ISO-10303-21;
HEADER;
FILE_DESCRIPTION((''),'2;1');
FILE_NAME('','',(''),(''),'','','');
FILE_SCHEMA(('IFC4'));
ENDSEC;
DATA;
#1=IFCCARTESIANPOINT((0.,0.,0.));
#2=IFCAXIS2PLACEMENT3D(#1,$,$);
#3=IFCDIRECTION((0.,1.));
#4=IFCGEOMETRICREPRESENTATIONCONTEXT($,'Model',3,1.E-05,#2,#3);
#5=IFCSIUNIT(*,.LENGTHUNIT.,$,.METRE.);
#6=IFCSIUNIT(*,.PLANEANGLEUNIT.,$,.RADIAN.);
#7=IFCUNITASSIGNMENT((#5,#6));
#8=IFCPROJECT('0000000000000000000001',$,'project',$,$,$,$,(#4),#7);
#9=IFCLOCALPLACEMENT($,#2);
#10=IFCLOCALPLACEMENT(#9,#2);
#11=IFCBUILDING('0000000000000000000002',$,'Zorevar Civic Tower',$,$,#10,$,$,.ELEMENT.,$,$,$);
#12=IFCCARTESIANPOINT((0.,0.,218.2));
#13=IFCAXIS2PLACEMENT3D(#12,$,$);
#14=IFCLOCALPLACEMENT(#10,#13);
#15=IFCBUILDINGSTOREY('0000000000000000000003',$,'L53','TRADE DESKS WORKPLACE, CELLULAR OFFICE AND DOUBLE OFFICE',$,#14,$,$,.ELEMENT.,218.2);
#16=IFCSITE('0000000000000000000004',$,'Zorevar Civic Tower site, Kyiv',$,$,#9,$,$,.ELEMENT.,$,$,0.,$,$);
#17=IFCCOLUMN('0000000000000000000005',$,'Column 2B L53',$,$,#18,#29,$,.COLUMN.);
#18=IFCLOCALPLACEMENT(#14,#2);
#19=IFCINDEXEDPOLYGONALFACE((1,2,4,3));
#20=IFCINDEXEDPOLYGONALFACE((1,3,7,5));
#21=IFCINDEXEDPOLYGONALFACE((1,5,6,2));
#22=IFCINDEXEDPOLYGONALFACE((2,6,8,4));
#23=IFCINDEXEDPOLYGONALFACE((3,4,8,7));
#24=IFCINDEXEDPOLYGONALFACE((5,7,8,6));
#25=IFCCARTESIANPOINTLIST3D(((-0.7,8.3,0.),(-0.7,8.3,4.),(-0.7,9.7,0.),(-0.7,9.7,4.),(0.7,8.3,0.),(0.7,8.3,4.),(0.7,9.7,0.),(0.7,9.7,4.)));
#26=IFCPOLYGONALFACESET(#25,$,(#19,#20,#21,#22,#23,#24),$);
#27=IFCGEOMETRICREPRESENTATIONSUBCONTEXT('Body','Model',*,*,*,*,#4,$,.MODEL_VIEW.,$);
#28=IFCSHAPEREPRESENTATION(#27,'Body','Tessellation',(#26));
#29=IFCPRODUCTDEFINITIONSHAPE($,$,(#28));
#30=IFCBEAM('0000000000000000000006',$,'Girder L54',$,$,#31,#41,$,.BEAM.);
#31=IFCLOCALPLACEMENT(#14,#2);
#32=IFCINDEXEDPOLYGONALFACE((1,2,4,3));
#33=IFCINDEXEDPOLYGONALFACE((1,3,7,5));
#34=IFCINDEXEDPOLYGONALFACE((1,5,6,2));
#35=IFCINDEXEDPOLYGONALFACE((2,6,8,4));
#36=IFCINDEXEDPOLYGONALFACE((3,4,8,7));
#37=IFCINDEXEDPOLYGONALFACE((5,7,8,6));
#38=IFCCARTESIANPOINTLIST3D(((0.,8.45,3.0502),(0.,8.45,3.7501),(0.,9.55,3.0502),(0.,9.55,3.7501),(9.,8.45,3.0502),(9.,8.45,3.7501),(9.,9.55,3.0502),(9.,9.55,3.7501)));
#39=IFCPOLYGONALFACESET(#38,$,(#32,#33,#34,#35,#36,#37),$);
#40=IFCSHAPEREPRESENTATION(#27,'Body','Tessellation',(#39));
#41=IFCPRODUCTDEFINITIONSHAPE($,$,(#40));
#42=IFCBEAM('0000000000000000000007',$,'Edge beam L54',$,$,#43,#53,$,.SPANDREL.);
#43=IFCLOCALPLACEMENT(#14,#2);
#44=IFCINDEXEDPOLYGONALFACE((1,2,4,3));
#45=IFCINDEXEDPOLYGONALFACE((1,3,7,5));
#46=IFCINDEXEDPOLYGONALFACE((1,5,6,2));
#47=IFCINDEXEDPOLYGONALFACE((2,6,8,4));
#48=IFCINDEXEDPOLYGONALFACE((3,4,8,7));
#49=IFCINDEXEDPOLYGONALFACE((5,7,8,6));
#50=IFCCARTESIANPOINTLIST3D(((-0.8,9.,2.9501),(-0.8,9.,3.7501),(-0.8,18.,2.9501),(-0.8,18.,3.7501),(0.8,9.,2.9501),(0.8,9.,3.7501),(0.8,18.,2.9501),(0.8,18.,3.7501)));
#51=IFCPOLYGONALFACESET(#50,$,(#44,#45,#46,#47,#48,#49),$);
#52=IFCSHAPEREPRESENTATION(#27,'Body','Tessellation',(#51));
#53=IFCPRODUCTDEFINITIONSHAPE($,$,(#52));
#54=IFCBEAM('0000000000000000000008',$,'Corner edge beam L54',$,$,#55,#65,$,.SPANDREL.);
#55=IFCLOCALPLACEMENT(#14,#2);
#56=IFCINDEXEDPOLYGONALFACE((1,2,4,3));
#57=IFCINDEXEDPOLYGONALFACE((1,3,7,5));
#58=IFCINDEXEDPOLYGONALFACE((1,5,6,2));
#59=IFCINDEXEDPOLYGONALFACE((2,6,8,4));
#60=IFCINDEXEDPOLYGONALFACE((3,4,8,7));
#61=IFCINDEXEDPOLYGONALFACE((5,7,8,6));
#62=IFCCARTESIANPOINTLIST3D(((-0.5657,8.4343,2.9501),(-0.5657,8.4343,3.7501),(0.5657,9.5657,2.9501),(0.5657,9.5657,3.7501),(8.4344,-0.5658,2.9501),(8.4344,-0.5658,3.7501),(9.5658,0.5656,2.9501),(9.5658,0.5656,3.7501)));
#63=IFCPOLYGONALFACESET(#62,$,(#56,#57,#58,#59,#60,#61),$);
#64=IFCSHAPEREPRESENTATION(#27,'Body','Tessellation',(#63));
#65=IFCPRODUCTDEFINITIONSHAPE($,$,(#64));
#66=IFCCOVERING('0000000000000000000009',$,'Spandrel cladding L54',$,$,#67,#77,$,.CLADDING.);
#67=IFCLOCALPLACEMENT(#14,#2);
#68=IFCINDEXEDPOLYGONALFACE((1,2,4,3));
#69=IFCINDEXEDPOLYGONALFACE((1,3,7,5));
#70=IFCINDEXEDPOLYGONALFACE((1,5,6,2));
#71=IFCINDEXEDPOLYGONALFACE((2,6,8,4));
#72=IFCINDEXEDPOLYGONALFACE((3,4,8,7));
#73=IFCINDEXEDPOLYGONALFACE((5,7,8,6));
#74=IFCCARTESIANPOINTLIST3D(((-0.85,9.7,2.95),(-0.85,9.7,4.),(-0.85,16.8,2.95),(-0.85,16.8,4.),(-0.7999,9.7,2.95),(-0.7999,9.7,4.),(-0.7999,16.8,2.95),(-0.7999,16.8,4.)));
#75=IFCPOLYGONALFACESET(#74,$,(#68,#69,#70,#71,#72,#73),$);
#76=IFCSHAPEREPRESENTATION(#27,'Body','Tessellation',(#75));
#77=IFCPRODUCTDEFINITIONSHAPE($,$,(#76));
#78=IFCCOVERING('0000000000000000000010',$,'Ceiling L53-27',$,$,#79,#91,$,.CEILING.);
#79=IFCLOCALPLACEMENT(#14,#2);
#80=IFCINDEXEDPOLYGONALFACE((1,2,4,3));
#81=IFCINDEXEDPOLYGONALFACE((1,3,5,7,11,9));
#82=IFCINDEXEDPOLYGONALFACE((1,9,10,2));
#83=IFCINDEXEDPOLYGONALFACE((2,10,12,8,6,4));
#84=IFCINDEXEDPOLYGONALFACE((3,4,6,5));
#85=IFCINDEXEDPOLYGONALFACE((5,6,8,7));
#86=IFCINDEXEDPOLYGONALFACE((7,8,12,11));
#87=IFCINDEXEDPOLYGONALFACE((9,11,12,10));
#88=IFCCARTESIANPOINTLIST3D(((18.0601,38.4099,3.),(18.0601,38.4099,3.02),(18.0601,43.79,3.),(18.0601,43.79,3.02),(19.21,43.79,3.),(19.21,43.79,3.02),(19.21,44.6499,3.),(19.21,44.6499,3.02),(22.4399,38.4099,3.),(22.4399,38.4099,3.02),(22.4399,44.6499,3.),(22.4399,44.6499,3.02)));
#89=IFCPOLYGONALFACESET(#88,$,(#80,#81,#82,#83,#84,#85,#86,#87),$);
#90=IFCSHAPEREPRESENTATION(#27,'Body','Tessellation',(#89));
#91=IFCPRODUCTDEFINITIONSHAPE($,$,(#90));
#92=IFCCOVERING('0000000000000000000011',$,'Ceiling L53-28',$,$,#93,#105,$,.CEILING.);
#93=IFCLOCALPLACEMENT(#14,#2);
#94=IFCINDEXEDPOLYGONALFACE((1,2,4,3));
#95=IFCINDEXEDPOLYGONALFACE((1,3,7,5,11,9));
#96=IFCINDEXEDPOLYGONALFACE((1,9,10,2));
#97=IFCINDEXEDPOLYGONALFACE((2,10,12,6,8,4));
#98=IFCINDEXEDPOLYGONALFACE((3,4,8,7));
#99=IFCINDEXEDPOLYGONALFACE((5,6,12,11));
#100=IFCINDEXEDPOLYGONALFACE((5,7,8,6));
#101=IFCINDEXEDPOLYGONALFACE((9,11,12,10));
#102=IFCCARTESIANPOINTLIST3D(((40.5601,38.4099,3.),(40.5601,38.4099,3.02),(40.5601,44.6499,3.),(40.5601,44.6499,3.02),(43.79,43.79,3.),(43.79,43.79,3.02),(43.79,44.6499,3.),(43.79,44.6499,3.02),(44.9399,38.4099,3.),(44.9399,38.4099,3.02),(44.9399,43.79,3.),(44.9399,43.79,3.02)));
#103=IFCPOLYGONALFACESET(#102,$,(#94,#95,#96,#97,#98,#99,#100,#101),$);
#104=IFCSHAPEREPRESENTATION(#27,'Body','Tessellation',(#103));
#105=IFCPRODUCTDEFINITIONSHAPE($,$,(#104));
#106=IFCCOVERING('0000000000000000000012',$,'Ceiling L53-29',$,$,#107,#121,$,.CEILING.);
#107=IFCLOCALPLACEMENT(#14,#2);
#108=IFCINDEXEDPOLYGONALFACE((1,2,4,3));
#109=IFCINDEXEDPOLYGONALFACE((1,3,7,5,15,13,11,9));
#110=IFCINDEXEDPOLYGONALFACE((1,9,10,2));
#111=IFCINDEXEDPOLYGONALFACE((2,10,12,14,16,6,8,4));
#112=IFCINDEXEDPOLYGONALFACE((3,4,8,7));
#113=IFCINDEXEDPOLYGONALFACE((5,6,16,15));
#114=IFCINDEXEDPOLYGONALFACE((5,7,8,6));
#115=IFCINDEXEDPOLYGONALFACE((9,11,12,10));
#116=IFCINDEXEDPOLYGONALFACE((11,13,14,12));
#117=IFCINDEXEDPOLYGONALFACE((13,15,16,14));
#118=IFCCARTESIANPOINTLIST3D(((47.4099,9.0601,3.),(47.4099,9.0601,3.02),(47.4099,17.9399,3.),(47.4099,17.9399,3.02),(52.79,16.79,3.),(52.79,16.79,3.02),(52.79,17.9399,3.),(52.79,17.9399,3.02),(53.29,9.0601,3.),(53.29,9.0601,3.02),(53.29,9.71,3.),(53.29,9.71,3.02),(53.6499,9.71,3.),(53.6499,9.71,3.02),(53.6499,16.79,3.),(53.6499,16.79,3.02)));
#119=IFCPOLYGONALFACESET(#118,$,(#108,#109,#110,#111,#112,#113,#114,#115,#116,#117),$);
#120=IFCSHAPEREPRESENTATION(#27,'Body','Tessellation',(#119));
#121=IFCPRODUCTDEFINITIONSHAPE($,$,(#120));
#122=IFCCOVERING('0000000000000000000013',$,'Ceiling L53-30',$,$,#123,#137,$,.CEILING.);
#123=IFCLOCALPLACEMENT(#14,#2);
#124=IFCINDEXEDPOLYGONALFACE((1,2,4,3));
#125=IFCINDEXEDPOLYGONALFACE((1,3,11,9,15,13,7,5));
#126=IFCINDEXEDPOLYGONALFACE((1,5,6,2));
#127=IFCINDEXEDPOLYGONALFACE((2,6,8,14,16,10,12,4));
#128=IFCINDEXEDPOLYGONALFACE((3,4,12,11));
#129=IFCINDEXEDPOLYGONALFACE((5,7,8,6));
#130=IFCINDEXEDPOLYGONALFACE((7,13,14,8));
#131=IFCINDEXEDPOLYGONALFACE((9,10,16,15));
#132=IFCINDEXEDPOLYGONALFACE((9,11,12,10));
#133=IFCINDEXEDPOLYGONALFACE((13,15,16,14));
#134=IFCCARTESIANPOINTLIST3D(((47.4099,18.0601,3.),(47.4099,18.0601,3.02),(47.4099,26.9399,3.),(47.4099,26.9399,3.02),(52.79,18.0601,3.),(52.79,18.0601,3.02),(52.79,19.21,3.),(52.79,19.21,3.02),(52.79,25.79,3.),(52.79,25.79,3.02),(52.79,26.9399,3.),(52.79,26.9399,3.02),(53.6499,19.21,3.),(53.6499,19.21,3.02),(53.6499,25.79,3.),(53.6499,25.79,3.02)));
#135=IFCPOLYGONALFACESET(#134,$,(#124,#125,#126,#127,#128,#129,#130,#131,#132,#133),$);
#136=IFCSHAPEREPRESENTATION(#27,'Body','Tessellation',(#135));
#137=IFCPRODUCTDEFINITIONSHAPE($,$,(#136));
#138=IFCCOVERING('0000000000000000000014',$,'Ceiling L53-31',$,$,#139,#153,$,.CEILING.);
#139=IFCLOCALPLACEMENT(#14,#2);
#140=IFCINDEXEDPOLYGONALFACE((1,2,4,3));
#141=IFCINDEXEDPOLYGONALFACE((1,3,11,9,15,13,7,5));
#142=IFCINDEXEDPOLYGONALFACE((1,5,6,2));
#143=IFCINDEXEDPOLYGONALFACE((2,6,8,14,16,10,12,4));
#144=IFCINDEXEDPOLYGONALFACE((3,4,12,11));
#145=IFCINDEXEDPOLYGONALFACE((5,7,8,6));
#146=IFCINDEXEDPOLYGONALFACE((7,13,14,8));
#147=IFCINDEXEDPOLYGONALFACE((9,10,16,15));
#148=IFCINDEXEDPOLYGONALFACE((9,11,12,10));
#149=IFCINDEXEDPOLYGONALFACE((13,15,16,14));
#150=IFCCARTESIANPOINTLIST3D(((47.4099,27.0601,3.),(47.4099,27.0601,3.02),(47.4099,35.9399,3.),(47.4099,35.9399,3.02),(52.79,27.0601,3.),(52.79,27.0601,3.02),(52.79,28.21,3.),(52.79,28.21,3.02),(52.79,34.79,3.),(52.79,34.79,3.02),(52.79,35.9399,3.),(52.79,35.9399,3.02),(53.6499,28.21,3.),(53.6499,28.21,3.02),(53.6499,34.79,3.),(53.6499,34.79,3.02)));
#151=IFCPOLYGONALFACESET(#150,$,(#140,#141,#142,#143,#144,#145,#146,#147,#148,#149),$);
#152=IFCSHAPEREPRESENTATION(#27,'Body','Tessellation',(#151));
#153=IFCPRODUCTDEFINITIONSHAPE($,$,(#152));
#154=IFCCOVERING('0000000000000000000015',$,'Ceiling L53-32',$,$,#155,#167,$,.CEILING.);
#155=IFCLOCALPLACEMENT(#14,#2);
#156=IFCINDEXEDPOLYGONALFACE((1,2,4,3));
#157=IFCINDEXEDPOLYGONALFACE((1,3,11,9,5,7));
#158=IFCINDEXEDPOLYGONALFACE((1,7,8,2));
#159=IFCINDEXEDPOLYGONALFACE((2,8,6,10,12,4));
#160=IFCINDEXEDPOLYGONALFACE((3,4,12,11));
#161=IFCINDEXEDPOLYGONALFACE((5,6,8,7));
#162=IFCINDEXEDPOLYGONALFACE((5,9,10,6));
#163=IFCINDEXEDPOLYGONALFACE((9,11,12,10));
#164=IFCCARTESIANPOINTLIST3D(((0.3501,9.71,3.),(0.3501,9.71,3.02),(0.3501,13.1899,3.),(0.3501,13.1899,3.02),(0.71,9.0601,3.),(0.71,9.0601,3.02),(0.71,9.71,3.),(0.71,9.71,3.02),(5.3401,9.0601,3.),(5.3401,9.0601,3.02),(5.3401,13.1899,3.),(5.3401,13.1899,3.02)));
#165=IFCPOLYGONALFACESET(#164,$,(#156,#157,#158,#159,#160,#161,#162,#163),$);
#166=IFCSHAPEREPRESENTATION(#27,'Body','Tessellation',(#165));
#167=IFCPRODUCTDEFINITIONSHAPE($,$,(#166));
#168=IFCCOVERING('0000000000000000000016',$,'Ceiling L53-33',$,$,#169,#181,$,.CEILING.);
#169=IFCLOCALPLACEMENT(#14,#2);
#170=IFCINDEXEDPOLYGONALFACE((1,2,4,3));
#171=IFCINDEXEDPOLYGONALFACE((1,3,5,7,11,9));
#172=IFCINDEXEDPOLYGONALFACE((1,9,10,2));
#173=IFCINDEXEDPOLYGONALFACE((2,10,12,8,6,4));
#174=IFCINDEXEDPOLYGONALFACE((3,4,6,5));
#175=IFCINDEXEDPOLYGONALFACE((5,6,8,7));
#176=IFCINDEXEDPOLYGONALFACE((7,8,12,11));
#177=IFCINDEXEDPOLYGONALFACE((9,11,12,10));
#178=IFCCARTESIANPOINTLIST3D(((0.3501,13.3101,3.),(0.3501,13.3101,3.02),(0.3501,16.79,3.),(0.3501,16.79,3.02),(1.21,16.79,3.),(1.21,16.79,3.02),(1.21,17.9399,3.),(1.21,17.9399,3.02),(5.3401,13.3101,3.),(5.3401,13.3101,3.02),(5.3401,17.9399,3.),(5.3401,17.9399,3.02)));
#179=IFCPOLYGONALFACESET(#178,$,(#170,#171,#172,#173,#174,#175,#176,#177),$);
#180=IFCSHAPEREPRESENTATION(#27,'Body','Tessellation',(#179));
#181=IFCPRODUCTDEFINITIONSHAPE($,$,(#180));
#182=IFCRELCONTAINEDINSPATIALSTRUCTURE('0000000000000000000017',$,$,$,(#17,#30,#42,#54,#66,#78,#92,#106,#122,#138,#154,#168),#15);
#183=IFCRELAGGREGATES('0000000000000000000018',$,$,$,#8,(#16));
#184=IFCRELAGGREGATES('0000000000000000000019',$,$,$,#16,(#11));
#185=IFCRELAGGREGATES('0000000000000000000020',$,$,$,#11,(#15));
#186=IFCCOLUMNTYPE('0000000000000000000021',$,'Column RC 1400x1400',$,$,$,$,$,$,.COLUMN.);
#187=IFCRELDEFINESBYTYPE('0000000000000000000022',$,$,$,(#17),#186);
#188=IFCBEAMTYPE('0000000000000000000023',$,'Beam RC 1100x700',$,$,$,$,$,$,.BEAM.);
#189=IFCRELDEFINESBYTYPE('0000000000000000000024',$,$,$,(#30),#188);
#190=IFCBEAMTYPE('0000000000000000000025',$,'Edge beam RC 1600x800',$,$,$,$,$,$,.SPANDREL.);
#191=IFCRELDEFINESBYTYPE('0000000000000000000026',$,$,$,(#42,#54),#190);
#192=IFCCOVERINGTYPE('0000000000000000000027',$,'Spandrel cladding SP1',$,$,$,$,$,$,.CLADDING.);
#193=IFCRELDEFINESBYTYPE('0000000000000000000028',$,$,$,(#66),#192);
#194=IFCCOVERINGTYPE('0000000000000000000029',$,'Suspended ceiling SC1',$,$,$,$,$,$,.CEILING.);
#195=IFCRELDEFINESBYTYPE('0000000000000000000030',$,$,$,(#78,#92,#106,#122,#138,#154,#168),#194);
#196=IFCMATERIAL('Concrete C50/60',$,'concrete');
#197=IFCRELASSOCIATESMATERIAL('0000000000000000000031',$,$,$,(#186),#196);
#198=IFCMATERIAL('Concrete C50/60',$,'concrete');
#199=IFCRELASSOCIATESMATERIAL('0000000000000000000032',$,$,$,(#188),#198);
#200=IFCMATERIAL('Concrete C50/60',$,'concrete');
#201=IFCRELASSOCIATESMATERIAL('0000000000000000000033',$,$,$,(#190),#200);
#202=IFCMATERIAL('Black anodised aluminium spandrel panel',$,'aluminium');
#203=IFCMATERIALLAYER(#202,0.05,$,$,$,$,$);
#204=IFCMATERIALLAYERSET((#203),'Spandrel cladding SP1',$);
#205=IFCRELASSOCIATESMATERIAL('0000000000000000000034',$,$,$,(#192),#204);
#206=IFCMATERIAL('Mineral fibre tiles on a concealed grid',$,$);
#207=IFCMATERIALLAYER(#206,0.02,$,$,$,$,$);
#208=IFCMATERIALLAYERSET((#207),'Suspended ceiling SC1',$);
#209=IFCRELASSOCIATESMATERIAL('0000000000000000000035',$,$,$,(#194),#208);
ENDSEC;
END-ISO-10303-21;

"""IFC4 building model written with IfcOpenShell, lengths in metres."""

from ifc_helpers import new_model, si_unit, direction, frame, frame_2d, origin, origin_2d, place, context, subcontext, project, spatial, polyline, rectangle, outline, extrude, material, layer, layer_set, material_profile, profile_set, type_object, element, save


model = new_model("IFC4")

# Units and contexts
model_context = context("Model", 3, precision=1e-05, world=origin(), true_north=direction((0.0, 1.0)))
body_context = subcontext(model_context, "Body", "Model", "MODEL_VIEW")
ifc_project = project(units=[si_unit("LENGTHUNIT", "METRE"), si_unit("PLANEANGLEUNIT", "RADIAN")], contexts=[model_context])

# Site, building, storey
site_placement = place(None, origin())
site = spatial("IfcSite", under=ifc_project, at=site_placement, Name="Zorevar Civic Tower site, Kyiv", CompositionType="ELEMENT", RefElevation=0.0)
building_placement = place(site_placement, origin())
building = spatial("IfcBuilding", under=site, at=building_placement, Name="Zorevar Civic Tower", CompositionType="ELEMENT")
storey_placement = place(building_placement, frame((0.0, 0.0, 218.2)))
storey = spatial("IfcBuildingStorey", under=building, at=storey_placement, Name="L53", Description="TRADE DESKS WORKPLACE, CELLULAR OFFICE AND DOUBLE OFFICE", CompositionType="ELEMENT", Elevation=218.2)

# Column
ifc_material_1 = material(Name="Concrete C50/60", Category="concrete")
ifc_material_profile_1 = material_profile(ifc_material_1, rectangle(XDim=1.3999, YDim=1.3999, at=origin_2d()), Name="RC 1400x1400")
ifc_profile_set_1 = profile_set([ifc_material_profile_1], Name="Concrete C50/60")
column_type = type_object("IfcColumnType", Name="Column RC 1400x1400", PredefinedType="COLUMN", material=ifc_profile_set_1)
column_placement = place(storey_placement, frame((0.0, 9.0, 0.0), z_axis=(0.0, 0.0, 1.0), x_axis=(1.0, 0.0, 0.0)))
element("IfcColumn", 1, at=column_placement, inside=storey, type_object=column_type, Name="Column 2B L53", PredefinedType="COLUMN", context=body_context, shape_type="SweptSolid", body=[
    extrude(rectangle(XDim=1.3999, YDim=1.3999, at=origin_2d()), origin(), (0.0, 0.0, 1.0), 4.0),
])

# Beams
ifc_material_2 = material(Name="Concrete C50/60", Category="concrete")
ifc_material_profile_2 = material_profile(ifc_material_2, rectangle(XDim=1.1001, YDim=0.7, at=origin_2d()), Name="RC 1100x700")
ifc_profile_set_2 = profile_set([ifc_material_profile_2], Name="Concrete C50/60")
beam_type_1 = type_object("IfcBeamType", Name="Beam RC 1100x700", PredefinedType="BEAM", material=ifc_profile_set_2)
beam_1_placement = place(storey_placement, frame((0.0, 9.0, 3.4001), z_axis=(1.0, 0.0, 0.0), x_axis=(0.0, 1.0, 0.0)))
element("IfcBeam", 2, at=beam_1_placement, inside=storey, type_object=beam_type_1, Name="Girder L54", PredefinedType="BEAM", context=body_context, shape_type="SweptSolid", body=[
    extrude(rectangle(XDim=1.1001, YDim=0.7, at=origin_2d()), origin(), (0.0, 0.0, 1.0), 9.0),
])
ifc_material_3 = material(Name="Concrete C50/60", Category="concrete")
ifc_material_profile_3 = material_profile(ifc_material_3, rectangle(XDim=1.6001, YDim=0.8, at=origin_2d()), Name="RC 1600x800")
ifc_profile_set_3 = profile_set([ifc_material_profile_3], Name="Concrete C50/60")
beam_type_2 = type_object("IfcBeamType", Name="Edge beam RC 1600x800", PredefinedType="SPANDREL", material=ifc_profile_set_3)
beam_2_placement = place(storey_placement, frame((0.0, 9.0, 3.3501), z_axis=(0.0, 1.0, 0.0), x_axis=(-1.0, 0.0, 0.0)))
element("IfcBeam", 3, at=beam_2_placement, inside=storey, type_object=beam_type_2, Name="Edge beam L54", PredefinedType="SPANDREL", context=body_context, shape_type="SweptSolid", body=[
    extrude(rectangle(XDim=1.6001, YDim=0.8, at=origin_2d()), origin(), (0.0, 0.0, 1.0), 9.0),
])
beam_3_placement = place(storey_placement, frame((0.0, 9.0, 3.3501), z_axis=(0.707107, -0.707107, 0.0), x_axis=(0.707107, 0.707107, 0.0)))
element("IfcBeam", 4, at=beam_3_placement, inside=storey, type_object=beam_type_2, Name="Corner edge beam L54", PredefinedType="SPANDREL", context=body_context, shape_type="SweptSolid", body=[
    extrude(rectangle(XDim=1.6001, YDim=0.8, at=origin_2d()), origin(), (0.0, 0.0, 1.0), 12.728),
])

# Coverings
ifc_material_4 = material(Name="Black anodised aluminium spandrel panel", Category="aluminium")
ifc_layer_1 = layer(ifc_material_4, 0.05)
ifc_layer_set_1 = layer_set([ifc_layer_1], Name="Spandrel cladding SP1")
covering_type_1 = type_object("IfcCoveringType", Name="Spandrel cladding SP1", PredefinedType="CLADDING", material=ifc_layer_set_1)
covering_1_placement = place(storey_placement, frame((-0.825, 9.7, 2.95), z_axis=(0.0, 0.0, 1.0), x_axis=(0.0, 1.0, 0.0)))
element("IfcCovering", 5, at=covering_1_placement, inside=storey, type_object=covering_type_1, Name="Spandrel cladding L54", PredefinedType="CLADDING", context=body_context, shape_type="SweptSolid", body=[
    extrude(rectangle(XDim=7.1001, YDim=0.05, at=frame_2d((3.55, 0.0))), origin(), (0.0, 0.0, 1.0), 1.05),
])
ifc_material_5 = material(Name="Mineral fibre tiles on a concealed grid")
ifc_layer_2 = layer(ifc_material_5, 0.02)
ifc_layer_set_2 = layer_set([ifc_layer_2], Name="Suspended ceiling SC1")
covering_type_2 = type_object("IfcCoveringType", Name="Suspended ceiling SC1", PredefinedType="CEILING", material=ifc_layer_set_2)
covering_2_placement = place(storey_placement, frame((0.0, 0.0, 3.0)))
element("IfcCovering", 6, at=covering_2_placement, inside=storey, type_object=covering_type_2, Name="Ceiling L53-27", PredefinedType="CEILING", context=body_context, shape_type="SweptSolid", body=[
    extrude(outline(polyline([(18.0601, 38.4099), (18.0601, 43.79), (19.21, 43.79), (19.21, 44.6499), (22.4399, 44.6499), (22.4399, 38.4099), (18.0601, 38.4099)])), origin(), (0.0, 0.0, 1.0), 0.02),
])
covering_3_placement = place(storey_placement, frame((0.0, 0.0, 3.0)))
element("IfcCovering", 7, at=covering_3_placement, inside=storey, type_object=covering_type_2, Name="Ceiling L53-28", PredefinedType="CEILING", context=body_context, shape_type="SweptSolid", body=[
    extrude(outline(polyline([(40.5601, 38.4099), (40.5601, 44.6499), (43.79, 44.6499), (43.79, 43.79), (44.9399, 43.79), (44.9399, 38.4099), (40.5601, 38.4099)])), origin(), (0.0, 0.0, 1.0), 0.02),
])
covering_4_placement = place(storey_placement, frame((0.0, 0.0, 3.0)))
element("IfcCovering", 8, at=covering_4_placement, inside=storey, type_object=covering_type_2, Name="Ceiling L53-29", PredefinedType="CEILING", context=body_context, shape_type="SweptSolid", body=[
    extrude(outline(polyline([(53.6499, 9.71), (53.29, 9.71), (53.29, 9.0601), (47.4099, 9.0601), (47.4099, 17.9399), (52.79, 17.9399), (52.79, 16.79), (53.6499, 16.79), (53.6499, 9.71)])), origin(), (0.0, 0.0, 1.0), 0.02),
])
covering_5_placement = place(storey_placement, frame((0.0, 0.0, 3.0)))
element("IfcCovering", 9, at=covering_5_placement, inside=storey, type_object=covering_type_2, Name="Ceiling L53-30", PredefinedType="CEILING", context=body_context, shape_type="SweptSolid", body=[
    extrude(outline(polyline([(53.6499, 19.21), (52.79, 19.21), (52.79, 18.0601), (47.4099, 18.0601), (47.4099, 26.9399), (52.79, 26.9399), (52.79, 25.79), (53.6499, 25.79), (53.6499, 19.21)])), origin(), (0.0, 0.0, 1.0), 0.02),
])
covering_6_placement = place(storey_placement, frame((0.0, 0.0, 3.0)))
element("IfcCovering", 10, at=covering_6_placement, inside=storey, type_object=covering_type_2, Name="Ceiling L53-31", PredefinedType="CEILING", context=body_context, shape_type="SweptSolid", body=[
    extrude(outline(polyline([(53.6499, 28.21), (52.79, 28.21), (52.79, 27.0601), (47.4099, 27.0601), (47.4099, 35.9399), (52.79, 35.9399), (52.79, 34.79), (53.6499, 34.79), (53.6499, 28.21)])), origin(), (0.0, 0.0, 1.0), 0.02),
])
covering_7_placement = place(storey_placement, frame((0.0, 0.0, 3.0)))
element("IfcCovering", 11, at=covering_7_placement, inside=storey, type_object=covering_type_2, Name="Ceiling L53-32", PredefinedType="CEILING", context=body_context, shape_type="SweptSolid", body=[
    extrude(outline(polyline([(5.3401, 9.0601), (0.71, 9.0601), (0.71, 9.71), (0.3501, 9.71), (0.3501, 13.1899), (5.3401, 13.1899), (5.3401, 9.0601)])), origin(), (0.0, 0.0, 1.0), 0.02),
])
covering_8_placement = place(storey_placement, frame((0.0, 0.0, 3.0)))
element("IfcCovering", 12, at=covering_8_placement, inside=storey, type_object=covering_type_2, Name="Ceiling L53-33", PredefinedType="CEILING", context=body_context, shape_type="SweptSolid", body=[
    extrude(outline(polyline([(5.3401, 13.3101), (0.3501, 13.3101), (0.3501, 16.79), (1.21, 16.79), (1.21, 17.9399), (5.3401, 17.9399), (5.3401, 13.3101)])), origin(), (0.0, 0.0, 1.0), 0.02),
])

save(model, "model.ifc")
